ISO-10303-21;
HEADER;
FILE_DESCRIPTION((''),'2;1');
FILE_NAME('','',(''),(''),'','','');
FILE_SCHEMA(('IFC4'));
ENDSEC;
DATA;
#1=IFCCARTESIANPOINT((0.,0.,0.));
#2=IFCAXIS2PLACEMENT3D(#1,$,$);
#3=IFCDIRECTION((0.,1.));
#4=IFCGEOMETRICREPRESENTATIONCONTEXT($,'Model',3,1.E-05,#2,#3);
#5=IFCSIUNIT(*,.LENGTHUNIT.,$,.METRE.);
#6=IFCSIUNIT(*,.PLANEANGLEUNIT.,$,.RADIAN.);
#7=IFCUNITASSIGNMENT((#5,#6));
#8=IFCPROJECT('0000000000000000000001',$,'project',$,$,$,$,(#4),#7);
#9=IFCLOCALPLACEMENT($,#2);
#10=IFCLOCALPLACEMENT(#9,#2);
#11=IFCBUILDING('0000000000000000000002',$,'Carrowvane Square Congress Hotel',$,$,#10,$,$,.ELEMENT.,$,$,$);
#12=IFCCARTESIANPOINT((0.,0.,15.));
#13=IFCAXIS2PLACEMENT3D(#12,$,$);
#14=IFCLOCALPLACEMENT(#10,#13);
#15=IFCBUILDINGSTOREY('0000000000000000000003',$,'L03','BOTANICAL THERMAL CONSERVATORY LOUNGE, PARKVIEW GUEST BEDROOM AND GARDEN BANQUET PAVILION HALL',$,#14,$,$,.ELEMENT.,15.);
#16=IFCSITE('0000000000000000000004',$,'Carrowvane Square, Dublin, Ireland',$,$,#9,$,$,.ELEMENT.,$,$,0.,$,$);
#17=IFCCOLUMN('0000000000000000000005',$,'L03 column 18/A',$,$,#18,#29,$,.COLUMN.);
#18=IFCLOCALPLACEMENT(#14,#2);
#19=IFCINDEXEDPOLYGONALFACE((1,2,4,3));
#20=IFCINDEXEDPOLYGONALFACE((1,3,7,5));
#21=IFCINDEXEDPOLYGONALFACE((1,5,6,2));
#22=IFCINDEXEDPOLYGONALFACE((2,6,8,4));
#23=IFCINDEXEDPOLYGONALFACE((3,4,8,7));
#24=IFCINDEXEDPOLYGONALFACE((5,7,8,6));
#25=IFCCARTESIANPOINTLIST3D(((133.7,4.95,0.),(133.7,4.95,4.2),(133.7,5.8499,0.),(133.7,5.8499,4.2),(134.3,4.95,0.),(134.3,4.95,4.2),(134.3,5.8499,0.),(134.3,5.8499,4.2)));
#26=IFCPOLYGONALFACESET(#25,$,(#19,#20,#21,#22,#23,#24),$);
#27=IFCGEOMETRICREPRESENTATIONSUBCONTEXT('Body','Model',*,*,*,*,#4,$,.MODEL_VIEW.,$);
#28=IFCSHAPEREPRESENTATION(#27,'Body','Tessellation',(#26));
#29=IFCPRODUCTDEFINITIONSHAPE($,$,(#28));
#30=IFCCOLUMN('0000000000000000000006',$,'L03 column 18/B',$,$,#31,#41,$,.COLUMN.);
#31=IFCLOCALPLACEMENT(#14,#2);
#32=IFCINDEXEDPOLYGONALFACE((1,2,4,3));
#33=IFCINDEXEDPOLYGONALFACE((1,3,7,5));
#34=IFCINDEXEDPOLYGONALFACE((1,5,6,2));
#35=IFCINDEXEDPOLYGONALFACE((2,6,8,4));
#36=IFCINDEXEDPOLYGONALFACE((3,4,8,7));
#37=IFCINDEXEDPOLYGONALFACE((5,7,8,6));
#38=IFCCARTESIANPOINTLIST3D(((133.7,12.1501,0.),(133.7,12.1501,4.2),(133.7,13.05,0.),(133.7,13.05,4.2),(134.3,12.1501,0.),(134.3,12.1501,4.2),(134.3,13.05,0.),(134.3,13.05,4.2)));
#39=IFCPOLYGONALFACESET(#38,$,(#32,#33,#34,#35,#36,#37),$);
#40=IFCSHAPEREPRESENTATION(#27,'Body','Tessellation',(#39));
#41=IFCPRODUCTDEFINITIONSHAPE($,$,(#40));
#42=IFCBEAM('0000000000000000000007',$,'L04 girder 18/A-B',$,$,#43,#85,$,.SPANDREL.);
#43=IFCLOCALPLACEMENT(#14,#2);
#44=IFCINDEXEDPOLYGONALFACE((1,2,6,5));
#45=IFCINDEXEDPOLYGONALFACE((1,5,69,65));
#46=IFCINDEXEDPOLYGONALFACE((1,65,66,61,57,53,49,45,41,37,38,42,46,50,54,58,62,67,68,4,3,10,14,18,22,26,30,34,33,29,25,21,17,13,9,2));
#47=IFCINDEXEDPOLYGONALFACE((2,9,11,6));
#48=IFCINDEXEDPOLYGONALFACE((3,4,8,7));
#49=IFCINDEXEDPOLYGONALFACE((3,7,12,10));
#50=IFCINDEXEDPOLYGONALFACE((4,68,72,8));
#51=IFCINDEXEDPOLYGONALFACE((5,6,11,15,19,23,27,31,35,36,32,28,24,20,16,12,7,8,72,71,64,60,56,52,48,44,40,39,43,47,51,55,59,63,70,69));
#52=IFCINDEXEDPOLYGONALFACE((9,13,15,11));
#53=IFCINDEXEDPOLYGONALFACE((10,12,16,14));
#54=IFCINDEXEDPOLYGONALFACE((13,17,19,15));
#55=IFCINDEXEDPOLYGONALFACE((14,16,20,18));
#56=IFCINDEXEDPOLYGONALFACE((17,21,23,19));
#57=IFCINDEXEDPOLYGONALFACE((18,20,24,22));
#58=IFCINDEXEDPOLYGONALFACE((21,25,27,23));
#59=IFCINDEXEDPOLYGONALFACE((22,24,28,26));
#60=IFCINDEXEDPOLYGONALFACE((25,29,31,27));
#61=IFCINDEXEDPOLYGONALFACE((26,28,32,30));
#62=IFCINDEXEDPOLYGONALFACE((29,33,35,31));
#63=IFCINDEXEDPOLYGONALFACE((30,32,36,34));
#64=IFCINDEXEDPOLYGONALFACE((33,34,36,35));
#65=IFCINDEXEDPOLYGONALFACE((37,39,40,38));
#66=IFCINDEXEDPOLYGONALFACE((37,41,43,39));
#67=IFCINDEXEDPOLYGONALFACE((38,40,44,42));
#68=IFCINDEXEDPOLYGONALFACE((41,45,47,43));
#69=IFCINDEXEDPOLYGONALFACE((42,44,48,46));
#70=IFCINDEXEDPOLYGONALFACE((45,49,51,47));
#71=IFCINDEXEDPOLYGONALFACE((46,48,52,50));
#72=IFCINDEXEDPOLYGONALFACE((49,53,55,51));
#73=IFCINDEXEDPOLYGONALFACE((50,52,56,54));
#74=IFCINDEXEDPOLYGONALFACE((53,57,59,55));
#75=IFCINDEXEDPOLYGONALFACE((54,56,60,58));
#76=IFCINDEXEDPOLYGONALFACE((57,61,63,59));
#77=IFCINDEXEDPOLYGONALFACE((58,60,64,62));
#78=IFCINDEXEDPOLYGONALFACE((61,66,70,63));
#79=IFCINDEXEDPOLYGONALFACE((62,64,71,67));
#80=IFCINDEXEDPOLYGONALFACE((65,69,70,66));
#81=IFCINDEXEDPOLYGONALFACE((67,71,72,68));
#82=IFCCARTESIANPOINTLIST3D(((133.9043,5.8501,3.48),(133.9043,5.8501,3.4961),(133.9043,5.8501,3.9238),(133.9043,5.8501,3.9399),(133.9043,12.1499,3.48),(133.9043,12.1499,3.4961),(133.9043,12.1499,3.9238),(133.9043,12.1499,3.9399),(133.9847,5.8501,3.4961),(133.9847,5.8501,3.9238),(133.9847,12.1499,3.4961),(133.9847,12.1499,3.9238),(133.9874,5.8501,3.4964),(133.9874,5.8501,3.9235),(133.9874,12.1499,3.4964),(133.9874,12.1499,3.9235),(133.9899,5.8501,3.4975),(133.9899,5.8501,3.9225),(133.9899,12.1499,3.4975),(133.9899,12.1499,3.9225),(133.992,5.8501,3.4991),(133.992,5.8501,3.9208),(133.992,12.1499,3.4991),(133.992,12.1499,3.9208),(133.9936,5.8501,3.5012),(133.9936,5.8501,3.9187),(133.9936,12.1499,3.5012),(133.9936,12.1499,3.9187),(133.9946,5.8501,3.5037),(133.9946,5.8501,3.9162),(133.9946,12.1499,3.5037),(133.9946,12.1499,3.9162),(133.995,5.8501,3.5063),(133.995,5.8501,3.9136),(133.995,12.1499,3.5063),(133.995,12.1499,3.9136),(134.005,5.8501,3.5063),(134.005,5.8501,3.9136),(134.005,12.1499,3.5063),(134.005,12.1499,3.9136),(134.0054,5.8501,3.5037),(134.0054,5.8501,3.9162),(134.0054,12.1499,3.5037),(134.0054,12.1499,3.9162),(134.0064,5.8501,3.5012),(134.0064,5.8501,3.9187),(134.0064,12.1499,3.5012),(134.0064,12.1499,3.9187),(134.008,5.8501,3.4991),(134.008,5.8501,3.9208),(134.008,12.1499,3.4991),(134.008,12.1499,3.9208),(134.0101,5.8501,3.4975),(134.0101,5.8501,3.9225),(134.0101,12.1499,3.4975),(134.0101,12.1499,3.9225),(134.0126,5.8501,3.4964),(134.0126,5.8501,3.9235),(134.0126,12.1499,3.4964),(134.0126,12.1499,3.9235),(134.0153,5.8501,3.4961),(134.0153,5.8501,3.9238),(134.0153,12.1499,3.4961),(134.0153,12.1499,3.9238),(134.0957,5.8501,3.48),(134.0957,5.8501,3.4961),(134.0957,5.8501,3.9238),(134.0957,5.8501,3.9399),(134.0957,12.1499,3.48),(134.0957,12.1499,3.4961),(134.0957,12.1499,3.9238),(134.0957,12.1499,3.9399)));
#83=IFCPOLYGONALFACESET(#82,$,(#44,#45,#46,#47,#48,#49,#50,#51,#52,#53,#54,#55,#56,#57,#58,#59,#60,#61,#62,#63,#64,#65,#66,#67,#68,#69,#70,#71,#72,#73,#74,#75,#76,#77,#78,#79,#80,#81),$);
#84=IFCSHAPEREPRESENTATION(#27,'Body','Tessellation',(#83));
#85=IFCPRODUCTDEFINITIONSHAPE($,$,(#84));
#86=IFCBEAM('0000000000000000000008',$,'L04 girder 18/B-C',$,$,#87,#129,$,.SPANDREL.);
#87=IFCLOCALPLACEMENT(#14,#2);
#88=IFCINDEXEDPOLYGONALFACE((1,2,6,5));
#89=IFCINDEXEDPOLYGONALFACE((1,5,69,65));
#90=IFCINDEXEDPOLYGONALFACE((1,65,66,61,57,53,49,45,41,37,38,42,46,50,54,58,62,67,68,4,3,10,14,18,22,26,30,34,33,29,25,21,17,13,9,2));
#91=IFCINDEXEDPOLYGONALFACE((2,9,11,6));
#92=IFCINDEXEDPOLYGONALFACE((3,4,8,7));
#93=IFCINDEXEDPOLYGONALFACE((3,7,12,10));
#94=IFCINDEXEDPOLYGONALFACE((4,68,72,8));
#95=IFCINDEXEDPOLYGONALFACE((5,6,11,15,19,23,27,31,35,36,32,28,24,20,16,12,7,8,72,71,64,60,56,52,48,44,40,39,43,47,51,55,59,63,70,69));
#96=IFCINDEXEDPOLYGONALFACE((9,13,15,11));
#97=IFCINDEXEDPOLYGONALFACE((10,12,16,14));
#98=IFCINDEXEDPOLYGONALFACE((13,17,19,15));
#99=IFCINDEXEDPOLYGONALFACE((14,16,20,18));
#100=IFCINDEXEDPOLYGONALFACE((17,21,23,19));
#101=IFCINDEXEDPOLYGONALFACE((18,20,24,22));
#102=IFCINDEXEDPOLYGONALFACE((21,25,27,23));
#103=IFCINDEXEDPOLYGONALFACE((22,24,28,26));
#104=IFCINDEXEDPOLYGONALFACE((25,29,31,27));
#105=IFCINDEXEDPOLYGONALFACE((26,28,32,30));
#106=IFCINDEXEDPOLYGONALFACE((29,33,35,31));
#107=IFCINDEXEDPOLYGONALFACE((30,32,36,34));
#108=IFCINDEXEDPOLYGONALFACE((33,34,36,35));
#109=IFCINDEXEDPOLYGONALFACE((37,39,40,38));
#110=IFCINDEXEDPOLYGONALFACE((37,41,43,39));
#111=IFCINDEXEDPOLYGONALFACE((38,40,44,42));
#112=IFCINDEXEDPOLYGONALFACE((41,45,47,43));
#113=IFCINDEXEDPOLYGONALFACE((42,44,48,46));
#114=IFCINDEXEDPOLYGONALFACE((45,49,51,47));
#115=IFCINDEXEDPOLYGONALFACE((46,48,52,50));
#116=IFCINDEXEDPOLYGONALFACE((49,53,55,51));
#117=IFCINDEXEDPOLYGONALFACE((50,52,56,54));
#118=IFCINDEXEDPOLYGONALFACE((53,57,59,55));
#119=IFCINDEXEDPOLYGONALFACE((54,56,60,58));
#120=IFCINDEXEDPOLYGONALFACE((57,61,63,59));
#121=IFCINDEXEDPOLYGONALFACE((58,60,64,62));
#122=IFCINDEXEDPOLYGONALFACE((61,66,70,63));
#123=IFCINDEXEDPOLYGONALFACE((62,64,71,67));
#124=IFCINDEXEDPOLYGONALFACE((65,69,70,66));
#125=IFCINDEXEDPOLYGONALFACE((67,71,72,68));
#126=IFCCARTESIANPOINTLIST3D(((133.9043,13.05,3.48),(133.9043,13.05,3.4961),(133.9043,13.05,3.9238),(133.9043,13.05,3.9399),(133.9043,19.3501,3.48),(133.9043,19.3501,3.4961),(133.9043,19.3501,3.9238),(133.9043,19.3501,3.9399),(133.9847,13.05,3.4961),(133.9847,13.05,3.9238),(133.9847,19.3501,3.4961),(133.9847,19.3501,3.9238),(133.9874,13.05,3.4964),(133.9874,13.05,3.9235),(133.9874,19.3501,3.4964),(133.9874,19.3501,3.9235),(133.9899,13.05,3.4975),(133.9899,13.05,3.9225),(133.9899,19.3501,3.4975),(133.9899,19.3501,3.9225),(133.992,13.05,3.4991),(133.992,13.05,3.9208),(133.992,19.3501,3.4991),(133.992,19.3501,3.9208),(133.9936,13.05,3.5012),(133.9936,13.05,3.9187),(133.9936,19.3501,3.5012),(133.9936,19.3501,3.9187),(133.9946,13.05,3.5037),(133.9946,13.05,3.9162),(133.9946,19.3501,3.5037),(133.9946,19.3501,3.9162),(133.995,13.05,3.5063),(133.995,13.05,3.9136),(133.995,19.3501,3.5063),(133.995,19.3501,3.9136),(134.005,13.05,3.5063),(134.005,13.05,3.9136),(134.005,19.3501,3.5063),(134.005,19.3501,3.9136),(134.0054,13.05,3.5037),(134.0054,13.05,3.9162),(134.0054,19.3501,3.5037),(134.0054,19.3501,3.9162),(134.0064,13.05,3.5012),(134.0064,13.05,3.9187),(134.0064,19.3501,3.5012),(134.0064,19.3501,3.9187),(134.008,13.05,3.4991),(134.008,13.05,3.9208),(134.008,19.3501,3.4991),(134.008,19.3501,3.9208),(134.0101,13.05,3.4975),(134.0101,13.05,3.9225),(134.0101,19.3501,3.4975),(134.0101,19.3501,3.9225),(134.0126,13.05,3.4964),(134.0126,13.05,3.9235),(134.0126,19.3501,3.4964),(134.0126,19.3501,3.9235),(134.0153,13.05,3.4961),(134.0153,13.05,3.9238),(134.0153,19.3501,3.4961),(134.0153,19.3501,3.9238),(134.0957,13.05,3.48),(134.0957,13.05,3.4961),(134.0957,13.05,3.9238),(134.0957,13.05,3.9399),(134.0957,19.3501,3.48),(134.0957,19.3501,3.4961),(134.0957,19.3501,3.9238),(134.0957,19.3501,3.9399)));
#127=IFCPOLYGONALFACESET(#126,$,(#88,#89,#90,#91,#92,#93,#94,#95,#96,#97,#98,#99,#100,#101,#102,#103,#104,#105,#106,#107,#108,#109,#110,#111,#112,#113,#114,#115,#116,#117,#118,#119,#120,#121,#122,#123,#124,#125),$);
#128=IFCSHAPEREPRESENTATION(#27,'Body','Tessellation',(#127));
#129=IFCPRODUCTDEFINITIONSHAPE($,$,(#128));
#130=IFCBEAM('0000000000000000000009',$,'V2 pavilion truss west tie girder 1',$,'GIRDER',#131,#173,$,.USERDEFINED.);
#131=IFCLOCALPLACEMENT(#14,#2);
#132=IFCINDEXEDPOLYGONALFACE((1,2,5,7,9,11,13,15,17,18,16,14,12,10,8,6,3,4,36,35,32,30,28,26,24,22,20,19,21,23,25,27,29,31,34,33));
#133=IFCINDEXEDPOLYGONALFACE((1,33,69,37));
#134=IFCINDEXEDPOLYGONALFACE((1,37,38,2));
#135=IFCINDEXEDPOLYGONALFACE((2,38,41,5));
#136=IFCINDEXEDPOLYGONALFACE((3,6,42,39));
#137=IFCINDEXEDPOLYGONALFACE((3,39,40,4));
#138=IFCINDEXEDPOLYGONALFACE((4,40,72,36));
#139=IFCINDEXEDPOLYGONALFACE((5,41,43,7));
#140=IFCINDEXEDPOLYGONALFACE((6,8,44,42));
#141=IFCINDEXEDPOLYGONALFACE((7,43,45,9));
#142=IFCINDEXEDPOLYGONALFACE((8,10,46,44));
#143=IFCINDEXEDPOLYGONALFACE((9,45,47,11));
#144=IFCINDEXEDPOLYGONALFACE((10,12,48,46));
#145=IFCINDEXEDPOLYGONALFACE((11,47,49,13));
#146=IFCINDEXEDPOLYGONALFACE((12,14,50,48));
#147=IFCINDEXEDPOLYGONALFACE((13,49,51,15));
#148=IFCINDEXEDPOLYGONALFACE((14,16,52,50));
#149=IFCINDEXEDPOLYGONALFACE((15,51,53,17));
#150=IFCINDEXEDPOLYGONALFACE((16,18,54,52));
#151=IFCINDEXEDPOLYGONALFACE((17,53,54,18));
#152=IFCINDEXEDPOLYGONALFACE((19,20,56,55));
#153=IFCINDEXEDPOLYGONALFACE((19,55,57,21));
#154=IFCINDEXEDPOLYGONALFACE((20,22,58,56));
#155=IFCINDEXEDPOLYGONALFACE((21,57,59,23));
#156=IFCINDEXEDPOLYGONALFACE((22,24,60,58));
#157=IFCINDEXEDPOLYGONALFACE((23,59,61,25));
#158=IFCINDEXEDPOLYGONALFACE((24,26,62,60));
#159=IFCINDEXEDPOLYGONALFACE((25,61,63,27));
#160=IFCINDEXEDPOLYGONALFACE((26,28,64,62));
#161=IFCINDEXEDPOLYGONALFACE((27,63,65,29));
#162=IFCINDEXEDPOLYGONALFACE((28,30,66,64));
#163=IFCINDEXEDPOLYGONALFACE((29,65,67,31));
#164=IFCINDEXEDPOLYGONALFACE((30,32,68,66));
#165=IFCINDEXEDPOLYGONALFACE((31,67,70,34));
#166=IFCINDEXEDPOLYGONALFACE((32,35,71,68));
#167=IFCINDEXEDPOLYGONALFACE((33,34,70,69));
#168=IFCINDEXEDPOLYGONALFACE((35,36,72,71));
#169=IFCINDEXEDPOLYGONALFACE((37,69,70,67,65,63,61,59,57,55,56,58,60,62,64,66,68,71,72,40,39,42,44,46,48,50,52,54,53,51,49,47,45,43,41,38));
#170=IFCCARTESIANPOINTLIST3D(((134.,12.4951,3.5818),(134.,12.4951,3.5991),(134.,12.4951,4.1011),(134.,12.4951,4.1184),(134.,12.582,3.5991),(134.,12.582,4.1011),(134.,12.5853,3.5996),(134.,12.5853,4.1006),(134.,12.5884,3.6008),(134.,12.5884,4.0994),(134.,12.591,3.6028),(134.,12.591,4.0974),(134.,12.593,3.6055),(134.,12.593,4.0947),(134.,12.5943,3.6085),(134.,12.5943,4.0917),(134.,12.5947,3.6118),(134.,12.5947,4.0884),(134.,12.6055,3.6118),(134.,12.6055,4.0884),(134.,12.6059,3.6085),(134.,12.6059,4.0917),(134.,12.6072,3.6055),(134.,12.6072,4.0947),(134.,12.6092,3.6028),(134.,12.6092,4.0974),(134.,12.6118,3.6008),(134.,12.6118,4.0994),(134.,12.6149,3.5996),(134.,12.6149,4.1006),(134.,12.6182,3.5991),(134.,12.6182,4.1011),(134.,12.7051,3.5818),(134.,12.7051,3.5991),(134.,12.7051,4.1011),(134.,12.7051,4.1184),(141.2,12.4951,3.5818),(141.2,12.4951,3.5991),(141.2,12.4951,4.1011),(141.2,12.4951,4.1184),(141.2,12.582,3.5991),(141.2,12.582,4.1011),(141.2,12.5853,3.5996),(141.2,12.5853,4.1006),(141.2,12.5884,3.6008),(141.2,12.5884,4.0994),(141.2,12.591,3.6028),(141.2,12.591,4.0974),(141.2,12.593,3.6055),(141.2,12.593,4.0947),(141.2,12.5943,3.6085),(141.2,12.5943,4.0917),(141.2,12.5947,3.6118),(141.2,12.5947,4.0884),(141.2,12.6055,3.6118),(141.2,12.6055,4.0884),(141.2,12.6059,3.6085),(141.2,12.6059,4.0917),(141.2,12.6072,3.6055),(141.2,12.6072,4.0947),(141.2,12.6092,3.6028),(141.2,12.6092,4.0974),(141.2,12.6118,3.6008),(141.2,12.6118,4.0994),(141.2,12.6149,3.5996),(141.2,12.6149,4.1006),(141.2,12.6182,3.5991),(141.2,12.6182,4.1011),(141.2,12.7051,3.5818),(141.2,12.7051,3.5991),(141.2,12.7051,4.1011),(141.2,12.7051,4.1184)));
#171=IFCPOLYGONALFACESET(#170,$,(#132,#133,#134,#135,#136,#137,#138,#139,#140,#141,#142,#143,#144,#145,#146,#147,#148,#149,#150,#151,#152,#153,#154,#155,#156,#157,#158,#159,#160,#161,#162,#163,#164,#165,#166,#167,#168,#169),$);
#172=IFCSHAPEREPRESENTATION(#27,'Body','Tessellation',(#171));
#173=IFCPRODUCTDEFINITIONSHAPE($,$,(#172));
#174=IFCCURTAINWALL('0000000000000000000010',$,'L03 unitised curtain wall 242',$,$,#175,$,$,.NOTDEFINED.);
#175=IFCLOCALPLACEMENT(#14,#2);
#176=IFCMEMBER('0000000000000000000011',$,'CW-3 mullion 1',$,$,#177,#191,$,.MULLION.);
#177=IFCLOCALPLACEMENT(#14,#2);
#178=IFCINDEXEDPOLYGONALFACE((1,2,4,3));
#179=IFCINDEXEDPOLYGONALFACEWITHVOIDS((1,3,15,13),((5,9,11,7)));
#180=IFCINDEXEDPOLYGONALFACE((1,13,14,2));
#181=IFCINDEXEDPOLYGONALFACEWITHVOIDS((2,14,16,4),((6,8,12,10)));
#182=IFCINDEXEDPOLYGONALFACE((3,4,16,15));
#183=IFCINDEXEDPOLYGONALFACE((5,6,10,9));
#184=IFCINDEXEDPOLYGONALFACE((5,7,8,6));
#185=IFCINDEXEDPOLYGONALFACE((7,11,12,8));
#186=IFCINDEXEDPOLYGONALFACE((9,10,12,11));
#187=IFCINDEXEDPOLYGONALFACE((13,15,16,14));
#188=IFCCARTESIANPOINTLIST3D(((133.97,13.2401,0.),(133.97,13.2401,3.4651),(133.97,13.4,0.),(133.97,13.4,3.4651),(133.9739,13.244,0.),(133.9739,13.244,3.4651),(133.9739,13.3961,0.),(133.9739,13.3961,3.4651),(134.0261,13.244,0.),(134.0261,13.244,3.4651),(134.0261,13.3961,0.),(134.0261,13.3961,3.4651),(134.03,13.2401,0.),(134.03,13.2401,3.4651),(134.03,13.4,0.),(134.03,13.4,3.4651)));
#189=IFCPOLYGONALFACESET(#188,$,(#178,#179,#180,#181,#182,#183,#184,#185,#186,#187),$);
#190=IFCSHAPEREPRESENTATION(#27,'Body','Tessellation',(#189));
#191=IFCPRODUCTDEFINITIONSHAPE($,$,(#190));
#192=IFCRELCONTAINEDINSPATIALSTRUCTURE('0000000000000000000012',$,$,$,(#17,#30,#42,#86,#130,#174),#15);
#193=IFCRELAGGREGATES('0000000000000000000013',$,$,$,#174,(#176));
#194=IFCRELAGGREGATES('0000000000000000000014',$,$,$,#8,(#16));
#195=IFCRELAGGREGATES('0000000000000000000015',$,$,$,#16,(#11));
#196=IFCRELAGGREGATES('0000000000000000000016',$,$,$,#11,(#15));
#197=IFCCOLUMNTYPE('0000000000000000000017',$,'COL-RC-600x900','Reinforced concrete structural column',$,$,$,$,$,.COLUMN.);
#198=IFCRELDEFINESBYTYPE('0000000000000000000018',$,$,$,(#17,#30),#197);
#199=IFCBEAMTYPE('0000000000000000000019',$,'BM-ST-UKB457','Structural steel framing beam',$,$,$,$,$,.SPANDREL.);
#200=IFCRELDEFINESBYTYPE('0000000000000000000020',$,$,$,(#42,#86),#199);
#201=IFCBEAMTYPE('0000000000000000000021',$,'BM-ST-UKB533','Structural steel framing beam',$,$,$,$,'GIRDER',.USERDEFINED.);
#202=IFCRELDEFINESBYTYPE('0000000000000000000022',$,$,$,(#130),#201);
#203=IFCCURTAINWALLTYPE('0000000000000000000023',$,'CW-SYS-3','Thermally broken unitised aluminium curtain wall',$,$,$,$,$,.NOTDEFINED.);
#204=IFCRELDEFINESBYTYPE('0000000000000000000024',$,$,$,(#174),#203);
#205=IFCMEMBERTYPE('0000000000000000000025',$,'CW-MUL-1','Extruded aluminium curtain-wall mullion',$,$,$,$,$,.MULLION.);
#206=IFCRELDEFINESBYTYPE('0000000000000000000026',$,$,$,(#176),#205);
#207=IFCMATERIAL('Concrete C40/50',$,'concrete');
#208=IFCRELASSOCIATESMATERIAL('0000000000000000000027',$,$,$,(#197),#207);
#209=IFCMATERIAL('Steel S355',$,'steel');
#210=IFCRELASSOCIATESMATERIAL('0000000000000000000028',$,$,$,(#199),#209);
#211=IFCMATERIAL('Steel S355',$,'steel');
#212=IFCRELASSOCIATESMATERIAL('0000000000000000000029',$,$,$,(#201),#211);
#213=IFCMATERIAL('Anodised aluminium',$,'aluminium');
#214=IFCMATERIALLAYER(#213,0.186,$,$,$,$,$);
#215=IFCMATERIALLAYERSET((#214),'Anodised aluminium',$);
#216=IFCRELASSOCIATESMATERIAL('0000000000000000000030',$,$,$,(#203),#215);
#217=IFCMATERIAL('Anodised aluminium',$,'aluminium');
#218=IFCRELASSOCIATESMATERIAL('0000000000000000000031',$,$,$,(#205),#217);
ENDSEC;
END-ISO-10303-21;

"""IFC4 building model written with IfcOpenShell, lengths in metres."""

from ifc_helpers import new_model, si_unit, direction, frame, origin, origin_2d, place, context, subcontext, project, spatial, rectangle, hollow_rectangle, i_section, extrude, material, layer, layer_set, material_profile, profile_set, type_object, element, aggregate, save


model = new_model("IFC4")

# Units and contexts
model_context = context("Model", 3, precision=1e-05, world=origin(), true_north=direction((0.0, 1.0)))
body_context = subcontext(model_context, "Body", "Model", "MODEL_VIEW")
ifc_project = project(units=[si_unit("LENGTHUNIT", "METRE"), si_unit("PLANEANGLEUNIT", "RADIAN")], contexts=[model_context])

# Site, building, storey
site_placement = place(None, origin())
site = spatial("IfcSite", under=ifc_project, at=site_placement, Name="Carrowvane Square, Dublin, Ireland", CompositionType="ELEMENT", RefElevation=0.0)
building_placement = place(site_placement, origin())
building = spatial("IfcBuilding", under=site, at=building_placement, Name="Carrowvane Square Congress Hotel", CompositionType="ELEMENT")
storey_placement = place(building_placement, frame((0.0, 0.0, 15.0)))
storey = spatial("IfcBuildingStorey", under=building, at=storey_placement, Name="L03", Description="BOTANICAL THERMAL CONSERVATORY LOUNGE, PARKVIEW GUEST BEDROOM AND GARDEN BANQUET PAVILION HALL", CompositionType="ELEMENT", Elevation=15.0)

# Columns
ifc_material_1 = material(Name="Concrete C40/50", Category="concrete")
ifc_material_profile_1 = material_profile(ifc_material_1, rectangle(XDim=0.6001, YDim=0.8999, at=origin_2d()), Name="RC 600x900")
ifc_profile_set_1 = profile_set([ifc_material_profile_1], Name="Concrete C40/50")
column_type = type_object("IfcColumnType", Name="COL-RC-600x900", Description="Reinforced concrete structural column", PredefinedType="COLUMN", material=ifc_profile_set_1)
for number, where, z_axis, x_axis, name in (
    (1, (134.0, 5.3999, 0.0), (0.0, 0.0, 1.0), (1.0, 0.0, 0.0), "L03 column 18/A"),
    (2, (134.0, 12.6001, 0.0), (0.0, 0.0, 1.0), (1.0, 0.0, 0.0), "L03 column 18/B"),
):
    element("IfcColumn", number, at=place(storey_placement, frame(where, z_axis=z_axis, x_axis=x_axis)), inside=storey, type_object=column_type, Name=name, PredefinedType="COLUMN", context=body_context, shape_type="SweptSolid", body=[
        extrude(rectangle(XDim=0.6001, YDim=0.8999, at=origin_2d()), origin(), (0.0, 0.0, 1.0), 4.2),
    ])

# Beams
ifc_material_2 = material(Name="Steel S355", Category="steel")
ifc_material_profile_2 = material_profile(ifc_material_2, i_section(OverallWidth=0.1914, OverallDepth=0.46, WebThickness=0.01, FlangeThickness=0.0161, FilletRadius=0.0103, at=origin_2d()), Name="UKB 457x191x82")
ifc_profile_set_2 = profile_set([ifc_material_profile_2], Name="Steel S355")
beam_type_1 = type_object("IfcBeamType", Name="BM-ST-UKB457", Description="Structural steel framing beam", PredefinedType="SPANDREL", material=ifc_profile_set_2)
beam_1_placement = place(storey_placement, frame((134.0, 5.8501, 3.71), z_axis=(0.0, 1.0, 0.0), x_axis=(-1.0, 0.0, 0.0)))
element("IfcBeam", 3, at=beam_1_placement, inside=storey, type_object=beam_type_1, Name="L04 girder 18/A-B", PredefinedType="SPANDREL", context=body_context, shape_type="SweptSolid", body=[
    extrude(i_section(OverallWidth=0.1914, OverallDepth=0.46, WebThickness=0.01, FlangeThickness=0.0161, FilletRadius=0.0103, at=origin_2d()), origin(), (0.0, 0.0, 1.0), 6.2998),
])
beam_2_placement = place(storey_placement, frame((134.0, 13.05, 3.71), z_axis=(0.0, 1.0, 0.0), x_axis=(-1.0, 0.0, 0.0)))
element("IfcBeam", 4, at=beam_2_placement, inside=storey, type_object=beam_type_1, Name="L04 girder 18/B-C", PredefinedType="SPANDREL", context=body_context, shape_type="SweptSolid", body=[
    extrude(i_section(OverallWidth=0.1914, OverallDepth=0.46, WebThickness=0.01, FlangeThickness=0.0161, FilletRadius=0.0103, at=origin_2d()), origin(), (0.0, 0.0, 1.0), 6.3),
])
ifc_material_3 = material(Name="Steel S355", Category="steel")
ifc_material_profile_3 = material_profile(ifc_material_3, i_section(OverallWidth=0.21, OverallDepth=0.5366, WebThickness=0.0107, FlangeThickness=0.0173, FilletRadius=0.0127, at=origin_2d()), Name="UKB 533x210x101")
ifc_profile_set_3 = profile_set([ifc_material_profile_3], Name="Steel S355")
beam_type_2 = type_object("IfcBeamType", Name="BM-ST-UKB533", Description="Structural steel framing beam", ElementType="GIRDER", PredefinedType="USERDEFINED", material=ifc_profile_set_3)
beam_3_placement = place(storey_placement, frame((134.0, 12.6001, 3.8501), z_axis=(1.0, 0.0, 0.0), x_axis=(0.0, 1.0, 0.0)))
element("IfcBeam", 5, at=beam_3_placement, inside=storey, type_object=beam_type_2, Name="V2 pavilion truss west tie girder 1", ObjectType="GIRDER", PredefinedType="USERDEFINED", context=body_context, shape_type="SweptSolid", body=[
    extrude(i_section(OverallWidth=0.21, OverallDepth=0.5366, WebThickness=0.0107, FlangeThickness=0.0173, FilletRadius=0.0127, at=origin_2d()), origin(), (0.0, 0.0, 1.0), 7.2),
])

# Curtain wall, member
ifc_material_4 = material(Name="Anodised aluminium", Category="aluminium")
ifc_layer_1 = layer(ifc_material_4, 0.186)
ifc_layer_set_1 = layer_set([ifc_layer_1], Name="Anodised aluminium")
curtain_wall_type = type_object("IfcCurtainWallType", Name="CW-SYS-3", Description="Thermally broken unitised aluminium curtain wall", PredefinedType="NOTDEFINED", material=ifc_layer_set_1)
curtain_wall_placement = place(storey_placement, origin())
curtain_wall = element("IfcCurtainWall", 6, at=curtain_wall_placement, inside=storey, type_object=curtain_wall_type, Name="L03 unitised curtain wall 242", PredefinedType="NOTDEFINED")
ifc_material_5 = material(Name="Anodised aluminium", Category="aluminium")
ifc_material_profile_4 = material_profile(ifc_material_5, hollow_rectangle(XDim=0.0601, YDim=0.1599, WallThickness=0.0039, at=origin_2d()), Name="CW-ML 60x160x4")
ifc_profile_set_4 = profile_set([ifc_material_profile_4], Name="Anodised aluminium")
member_type_1 = type_object("IfcMemberType", Name="CW-MUL-1", Description="Extruded aluminium curtain-wall mullion", PredefinedType="MULLION", material=ifc_profile_set_4)
member_1_placement = place(storey_placement, frame((134.0, 13.3201, 0.0), z_axis=(0.0, 0.0, 1.0), x_axis=(-1.0, 0.0, 0.0)))
member_1 = element("IfcMember", 7, at=member_1_placement, type_object=member_type_1, Name="CW-3 mullion 1", PredefinedType="MULLION", context=body_context, shape_type="SweptSolid", body=[
    extrude(hollow_rectangle(XDim=0.0601, YDim=0.1599, WallThickness=0.0039, at=origin_2d()), origin(), (0.0, 0.0, 1.0), 3.4651),
])

aggregate(curtain_wall, [member_1])

save(model, "model.ifc")
